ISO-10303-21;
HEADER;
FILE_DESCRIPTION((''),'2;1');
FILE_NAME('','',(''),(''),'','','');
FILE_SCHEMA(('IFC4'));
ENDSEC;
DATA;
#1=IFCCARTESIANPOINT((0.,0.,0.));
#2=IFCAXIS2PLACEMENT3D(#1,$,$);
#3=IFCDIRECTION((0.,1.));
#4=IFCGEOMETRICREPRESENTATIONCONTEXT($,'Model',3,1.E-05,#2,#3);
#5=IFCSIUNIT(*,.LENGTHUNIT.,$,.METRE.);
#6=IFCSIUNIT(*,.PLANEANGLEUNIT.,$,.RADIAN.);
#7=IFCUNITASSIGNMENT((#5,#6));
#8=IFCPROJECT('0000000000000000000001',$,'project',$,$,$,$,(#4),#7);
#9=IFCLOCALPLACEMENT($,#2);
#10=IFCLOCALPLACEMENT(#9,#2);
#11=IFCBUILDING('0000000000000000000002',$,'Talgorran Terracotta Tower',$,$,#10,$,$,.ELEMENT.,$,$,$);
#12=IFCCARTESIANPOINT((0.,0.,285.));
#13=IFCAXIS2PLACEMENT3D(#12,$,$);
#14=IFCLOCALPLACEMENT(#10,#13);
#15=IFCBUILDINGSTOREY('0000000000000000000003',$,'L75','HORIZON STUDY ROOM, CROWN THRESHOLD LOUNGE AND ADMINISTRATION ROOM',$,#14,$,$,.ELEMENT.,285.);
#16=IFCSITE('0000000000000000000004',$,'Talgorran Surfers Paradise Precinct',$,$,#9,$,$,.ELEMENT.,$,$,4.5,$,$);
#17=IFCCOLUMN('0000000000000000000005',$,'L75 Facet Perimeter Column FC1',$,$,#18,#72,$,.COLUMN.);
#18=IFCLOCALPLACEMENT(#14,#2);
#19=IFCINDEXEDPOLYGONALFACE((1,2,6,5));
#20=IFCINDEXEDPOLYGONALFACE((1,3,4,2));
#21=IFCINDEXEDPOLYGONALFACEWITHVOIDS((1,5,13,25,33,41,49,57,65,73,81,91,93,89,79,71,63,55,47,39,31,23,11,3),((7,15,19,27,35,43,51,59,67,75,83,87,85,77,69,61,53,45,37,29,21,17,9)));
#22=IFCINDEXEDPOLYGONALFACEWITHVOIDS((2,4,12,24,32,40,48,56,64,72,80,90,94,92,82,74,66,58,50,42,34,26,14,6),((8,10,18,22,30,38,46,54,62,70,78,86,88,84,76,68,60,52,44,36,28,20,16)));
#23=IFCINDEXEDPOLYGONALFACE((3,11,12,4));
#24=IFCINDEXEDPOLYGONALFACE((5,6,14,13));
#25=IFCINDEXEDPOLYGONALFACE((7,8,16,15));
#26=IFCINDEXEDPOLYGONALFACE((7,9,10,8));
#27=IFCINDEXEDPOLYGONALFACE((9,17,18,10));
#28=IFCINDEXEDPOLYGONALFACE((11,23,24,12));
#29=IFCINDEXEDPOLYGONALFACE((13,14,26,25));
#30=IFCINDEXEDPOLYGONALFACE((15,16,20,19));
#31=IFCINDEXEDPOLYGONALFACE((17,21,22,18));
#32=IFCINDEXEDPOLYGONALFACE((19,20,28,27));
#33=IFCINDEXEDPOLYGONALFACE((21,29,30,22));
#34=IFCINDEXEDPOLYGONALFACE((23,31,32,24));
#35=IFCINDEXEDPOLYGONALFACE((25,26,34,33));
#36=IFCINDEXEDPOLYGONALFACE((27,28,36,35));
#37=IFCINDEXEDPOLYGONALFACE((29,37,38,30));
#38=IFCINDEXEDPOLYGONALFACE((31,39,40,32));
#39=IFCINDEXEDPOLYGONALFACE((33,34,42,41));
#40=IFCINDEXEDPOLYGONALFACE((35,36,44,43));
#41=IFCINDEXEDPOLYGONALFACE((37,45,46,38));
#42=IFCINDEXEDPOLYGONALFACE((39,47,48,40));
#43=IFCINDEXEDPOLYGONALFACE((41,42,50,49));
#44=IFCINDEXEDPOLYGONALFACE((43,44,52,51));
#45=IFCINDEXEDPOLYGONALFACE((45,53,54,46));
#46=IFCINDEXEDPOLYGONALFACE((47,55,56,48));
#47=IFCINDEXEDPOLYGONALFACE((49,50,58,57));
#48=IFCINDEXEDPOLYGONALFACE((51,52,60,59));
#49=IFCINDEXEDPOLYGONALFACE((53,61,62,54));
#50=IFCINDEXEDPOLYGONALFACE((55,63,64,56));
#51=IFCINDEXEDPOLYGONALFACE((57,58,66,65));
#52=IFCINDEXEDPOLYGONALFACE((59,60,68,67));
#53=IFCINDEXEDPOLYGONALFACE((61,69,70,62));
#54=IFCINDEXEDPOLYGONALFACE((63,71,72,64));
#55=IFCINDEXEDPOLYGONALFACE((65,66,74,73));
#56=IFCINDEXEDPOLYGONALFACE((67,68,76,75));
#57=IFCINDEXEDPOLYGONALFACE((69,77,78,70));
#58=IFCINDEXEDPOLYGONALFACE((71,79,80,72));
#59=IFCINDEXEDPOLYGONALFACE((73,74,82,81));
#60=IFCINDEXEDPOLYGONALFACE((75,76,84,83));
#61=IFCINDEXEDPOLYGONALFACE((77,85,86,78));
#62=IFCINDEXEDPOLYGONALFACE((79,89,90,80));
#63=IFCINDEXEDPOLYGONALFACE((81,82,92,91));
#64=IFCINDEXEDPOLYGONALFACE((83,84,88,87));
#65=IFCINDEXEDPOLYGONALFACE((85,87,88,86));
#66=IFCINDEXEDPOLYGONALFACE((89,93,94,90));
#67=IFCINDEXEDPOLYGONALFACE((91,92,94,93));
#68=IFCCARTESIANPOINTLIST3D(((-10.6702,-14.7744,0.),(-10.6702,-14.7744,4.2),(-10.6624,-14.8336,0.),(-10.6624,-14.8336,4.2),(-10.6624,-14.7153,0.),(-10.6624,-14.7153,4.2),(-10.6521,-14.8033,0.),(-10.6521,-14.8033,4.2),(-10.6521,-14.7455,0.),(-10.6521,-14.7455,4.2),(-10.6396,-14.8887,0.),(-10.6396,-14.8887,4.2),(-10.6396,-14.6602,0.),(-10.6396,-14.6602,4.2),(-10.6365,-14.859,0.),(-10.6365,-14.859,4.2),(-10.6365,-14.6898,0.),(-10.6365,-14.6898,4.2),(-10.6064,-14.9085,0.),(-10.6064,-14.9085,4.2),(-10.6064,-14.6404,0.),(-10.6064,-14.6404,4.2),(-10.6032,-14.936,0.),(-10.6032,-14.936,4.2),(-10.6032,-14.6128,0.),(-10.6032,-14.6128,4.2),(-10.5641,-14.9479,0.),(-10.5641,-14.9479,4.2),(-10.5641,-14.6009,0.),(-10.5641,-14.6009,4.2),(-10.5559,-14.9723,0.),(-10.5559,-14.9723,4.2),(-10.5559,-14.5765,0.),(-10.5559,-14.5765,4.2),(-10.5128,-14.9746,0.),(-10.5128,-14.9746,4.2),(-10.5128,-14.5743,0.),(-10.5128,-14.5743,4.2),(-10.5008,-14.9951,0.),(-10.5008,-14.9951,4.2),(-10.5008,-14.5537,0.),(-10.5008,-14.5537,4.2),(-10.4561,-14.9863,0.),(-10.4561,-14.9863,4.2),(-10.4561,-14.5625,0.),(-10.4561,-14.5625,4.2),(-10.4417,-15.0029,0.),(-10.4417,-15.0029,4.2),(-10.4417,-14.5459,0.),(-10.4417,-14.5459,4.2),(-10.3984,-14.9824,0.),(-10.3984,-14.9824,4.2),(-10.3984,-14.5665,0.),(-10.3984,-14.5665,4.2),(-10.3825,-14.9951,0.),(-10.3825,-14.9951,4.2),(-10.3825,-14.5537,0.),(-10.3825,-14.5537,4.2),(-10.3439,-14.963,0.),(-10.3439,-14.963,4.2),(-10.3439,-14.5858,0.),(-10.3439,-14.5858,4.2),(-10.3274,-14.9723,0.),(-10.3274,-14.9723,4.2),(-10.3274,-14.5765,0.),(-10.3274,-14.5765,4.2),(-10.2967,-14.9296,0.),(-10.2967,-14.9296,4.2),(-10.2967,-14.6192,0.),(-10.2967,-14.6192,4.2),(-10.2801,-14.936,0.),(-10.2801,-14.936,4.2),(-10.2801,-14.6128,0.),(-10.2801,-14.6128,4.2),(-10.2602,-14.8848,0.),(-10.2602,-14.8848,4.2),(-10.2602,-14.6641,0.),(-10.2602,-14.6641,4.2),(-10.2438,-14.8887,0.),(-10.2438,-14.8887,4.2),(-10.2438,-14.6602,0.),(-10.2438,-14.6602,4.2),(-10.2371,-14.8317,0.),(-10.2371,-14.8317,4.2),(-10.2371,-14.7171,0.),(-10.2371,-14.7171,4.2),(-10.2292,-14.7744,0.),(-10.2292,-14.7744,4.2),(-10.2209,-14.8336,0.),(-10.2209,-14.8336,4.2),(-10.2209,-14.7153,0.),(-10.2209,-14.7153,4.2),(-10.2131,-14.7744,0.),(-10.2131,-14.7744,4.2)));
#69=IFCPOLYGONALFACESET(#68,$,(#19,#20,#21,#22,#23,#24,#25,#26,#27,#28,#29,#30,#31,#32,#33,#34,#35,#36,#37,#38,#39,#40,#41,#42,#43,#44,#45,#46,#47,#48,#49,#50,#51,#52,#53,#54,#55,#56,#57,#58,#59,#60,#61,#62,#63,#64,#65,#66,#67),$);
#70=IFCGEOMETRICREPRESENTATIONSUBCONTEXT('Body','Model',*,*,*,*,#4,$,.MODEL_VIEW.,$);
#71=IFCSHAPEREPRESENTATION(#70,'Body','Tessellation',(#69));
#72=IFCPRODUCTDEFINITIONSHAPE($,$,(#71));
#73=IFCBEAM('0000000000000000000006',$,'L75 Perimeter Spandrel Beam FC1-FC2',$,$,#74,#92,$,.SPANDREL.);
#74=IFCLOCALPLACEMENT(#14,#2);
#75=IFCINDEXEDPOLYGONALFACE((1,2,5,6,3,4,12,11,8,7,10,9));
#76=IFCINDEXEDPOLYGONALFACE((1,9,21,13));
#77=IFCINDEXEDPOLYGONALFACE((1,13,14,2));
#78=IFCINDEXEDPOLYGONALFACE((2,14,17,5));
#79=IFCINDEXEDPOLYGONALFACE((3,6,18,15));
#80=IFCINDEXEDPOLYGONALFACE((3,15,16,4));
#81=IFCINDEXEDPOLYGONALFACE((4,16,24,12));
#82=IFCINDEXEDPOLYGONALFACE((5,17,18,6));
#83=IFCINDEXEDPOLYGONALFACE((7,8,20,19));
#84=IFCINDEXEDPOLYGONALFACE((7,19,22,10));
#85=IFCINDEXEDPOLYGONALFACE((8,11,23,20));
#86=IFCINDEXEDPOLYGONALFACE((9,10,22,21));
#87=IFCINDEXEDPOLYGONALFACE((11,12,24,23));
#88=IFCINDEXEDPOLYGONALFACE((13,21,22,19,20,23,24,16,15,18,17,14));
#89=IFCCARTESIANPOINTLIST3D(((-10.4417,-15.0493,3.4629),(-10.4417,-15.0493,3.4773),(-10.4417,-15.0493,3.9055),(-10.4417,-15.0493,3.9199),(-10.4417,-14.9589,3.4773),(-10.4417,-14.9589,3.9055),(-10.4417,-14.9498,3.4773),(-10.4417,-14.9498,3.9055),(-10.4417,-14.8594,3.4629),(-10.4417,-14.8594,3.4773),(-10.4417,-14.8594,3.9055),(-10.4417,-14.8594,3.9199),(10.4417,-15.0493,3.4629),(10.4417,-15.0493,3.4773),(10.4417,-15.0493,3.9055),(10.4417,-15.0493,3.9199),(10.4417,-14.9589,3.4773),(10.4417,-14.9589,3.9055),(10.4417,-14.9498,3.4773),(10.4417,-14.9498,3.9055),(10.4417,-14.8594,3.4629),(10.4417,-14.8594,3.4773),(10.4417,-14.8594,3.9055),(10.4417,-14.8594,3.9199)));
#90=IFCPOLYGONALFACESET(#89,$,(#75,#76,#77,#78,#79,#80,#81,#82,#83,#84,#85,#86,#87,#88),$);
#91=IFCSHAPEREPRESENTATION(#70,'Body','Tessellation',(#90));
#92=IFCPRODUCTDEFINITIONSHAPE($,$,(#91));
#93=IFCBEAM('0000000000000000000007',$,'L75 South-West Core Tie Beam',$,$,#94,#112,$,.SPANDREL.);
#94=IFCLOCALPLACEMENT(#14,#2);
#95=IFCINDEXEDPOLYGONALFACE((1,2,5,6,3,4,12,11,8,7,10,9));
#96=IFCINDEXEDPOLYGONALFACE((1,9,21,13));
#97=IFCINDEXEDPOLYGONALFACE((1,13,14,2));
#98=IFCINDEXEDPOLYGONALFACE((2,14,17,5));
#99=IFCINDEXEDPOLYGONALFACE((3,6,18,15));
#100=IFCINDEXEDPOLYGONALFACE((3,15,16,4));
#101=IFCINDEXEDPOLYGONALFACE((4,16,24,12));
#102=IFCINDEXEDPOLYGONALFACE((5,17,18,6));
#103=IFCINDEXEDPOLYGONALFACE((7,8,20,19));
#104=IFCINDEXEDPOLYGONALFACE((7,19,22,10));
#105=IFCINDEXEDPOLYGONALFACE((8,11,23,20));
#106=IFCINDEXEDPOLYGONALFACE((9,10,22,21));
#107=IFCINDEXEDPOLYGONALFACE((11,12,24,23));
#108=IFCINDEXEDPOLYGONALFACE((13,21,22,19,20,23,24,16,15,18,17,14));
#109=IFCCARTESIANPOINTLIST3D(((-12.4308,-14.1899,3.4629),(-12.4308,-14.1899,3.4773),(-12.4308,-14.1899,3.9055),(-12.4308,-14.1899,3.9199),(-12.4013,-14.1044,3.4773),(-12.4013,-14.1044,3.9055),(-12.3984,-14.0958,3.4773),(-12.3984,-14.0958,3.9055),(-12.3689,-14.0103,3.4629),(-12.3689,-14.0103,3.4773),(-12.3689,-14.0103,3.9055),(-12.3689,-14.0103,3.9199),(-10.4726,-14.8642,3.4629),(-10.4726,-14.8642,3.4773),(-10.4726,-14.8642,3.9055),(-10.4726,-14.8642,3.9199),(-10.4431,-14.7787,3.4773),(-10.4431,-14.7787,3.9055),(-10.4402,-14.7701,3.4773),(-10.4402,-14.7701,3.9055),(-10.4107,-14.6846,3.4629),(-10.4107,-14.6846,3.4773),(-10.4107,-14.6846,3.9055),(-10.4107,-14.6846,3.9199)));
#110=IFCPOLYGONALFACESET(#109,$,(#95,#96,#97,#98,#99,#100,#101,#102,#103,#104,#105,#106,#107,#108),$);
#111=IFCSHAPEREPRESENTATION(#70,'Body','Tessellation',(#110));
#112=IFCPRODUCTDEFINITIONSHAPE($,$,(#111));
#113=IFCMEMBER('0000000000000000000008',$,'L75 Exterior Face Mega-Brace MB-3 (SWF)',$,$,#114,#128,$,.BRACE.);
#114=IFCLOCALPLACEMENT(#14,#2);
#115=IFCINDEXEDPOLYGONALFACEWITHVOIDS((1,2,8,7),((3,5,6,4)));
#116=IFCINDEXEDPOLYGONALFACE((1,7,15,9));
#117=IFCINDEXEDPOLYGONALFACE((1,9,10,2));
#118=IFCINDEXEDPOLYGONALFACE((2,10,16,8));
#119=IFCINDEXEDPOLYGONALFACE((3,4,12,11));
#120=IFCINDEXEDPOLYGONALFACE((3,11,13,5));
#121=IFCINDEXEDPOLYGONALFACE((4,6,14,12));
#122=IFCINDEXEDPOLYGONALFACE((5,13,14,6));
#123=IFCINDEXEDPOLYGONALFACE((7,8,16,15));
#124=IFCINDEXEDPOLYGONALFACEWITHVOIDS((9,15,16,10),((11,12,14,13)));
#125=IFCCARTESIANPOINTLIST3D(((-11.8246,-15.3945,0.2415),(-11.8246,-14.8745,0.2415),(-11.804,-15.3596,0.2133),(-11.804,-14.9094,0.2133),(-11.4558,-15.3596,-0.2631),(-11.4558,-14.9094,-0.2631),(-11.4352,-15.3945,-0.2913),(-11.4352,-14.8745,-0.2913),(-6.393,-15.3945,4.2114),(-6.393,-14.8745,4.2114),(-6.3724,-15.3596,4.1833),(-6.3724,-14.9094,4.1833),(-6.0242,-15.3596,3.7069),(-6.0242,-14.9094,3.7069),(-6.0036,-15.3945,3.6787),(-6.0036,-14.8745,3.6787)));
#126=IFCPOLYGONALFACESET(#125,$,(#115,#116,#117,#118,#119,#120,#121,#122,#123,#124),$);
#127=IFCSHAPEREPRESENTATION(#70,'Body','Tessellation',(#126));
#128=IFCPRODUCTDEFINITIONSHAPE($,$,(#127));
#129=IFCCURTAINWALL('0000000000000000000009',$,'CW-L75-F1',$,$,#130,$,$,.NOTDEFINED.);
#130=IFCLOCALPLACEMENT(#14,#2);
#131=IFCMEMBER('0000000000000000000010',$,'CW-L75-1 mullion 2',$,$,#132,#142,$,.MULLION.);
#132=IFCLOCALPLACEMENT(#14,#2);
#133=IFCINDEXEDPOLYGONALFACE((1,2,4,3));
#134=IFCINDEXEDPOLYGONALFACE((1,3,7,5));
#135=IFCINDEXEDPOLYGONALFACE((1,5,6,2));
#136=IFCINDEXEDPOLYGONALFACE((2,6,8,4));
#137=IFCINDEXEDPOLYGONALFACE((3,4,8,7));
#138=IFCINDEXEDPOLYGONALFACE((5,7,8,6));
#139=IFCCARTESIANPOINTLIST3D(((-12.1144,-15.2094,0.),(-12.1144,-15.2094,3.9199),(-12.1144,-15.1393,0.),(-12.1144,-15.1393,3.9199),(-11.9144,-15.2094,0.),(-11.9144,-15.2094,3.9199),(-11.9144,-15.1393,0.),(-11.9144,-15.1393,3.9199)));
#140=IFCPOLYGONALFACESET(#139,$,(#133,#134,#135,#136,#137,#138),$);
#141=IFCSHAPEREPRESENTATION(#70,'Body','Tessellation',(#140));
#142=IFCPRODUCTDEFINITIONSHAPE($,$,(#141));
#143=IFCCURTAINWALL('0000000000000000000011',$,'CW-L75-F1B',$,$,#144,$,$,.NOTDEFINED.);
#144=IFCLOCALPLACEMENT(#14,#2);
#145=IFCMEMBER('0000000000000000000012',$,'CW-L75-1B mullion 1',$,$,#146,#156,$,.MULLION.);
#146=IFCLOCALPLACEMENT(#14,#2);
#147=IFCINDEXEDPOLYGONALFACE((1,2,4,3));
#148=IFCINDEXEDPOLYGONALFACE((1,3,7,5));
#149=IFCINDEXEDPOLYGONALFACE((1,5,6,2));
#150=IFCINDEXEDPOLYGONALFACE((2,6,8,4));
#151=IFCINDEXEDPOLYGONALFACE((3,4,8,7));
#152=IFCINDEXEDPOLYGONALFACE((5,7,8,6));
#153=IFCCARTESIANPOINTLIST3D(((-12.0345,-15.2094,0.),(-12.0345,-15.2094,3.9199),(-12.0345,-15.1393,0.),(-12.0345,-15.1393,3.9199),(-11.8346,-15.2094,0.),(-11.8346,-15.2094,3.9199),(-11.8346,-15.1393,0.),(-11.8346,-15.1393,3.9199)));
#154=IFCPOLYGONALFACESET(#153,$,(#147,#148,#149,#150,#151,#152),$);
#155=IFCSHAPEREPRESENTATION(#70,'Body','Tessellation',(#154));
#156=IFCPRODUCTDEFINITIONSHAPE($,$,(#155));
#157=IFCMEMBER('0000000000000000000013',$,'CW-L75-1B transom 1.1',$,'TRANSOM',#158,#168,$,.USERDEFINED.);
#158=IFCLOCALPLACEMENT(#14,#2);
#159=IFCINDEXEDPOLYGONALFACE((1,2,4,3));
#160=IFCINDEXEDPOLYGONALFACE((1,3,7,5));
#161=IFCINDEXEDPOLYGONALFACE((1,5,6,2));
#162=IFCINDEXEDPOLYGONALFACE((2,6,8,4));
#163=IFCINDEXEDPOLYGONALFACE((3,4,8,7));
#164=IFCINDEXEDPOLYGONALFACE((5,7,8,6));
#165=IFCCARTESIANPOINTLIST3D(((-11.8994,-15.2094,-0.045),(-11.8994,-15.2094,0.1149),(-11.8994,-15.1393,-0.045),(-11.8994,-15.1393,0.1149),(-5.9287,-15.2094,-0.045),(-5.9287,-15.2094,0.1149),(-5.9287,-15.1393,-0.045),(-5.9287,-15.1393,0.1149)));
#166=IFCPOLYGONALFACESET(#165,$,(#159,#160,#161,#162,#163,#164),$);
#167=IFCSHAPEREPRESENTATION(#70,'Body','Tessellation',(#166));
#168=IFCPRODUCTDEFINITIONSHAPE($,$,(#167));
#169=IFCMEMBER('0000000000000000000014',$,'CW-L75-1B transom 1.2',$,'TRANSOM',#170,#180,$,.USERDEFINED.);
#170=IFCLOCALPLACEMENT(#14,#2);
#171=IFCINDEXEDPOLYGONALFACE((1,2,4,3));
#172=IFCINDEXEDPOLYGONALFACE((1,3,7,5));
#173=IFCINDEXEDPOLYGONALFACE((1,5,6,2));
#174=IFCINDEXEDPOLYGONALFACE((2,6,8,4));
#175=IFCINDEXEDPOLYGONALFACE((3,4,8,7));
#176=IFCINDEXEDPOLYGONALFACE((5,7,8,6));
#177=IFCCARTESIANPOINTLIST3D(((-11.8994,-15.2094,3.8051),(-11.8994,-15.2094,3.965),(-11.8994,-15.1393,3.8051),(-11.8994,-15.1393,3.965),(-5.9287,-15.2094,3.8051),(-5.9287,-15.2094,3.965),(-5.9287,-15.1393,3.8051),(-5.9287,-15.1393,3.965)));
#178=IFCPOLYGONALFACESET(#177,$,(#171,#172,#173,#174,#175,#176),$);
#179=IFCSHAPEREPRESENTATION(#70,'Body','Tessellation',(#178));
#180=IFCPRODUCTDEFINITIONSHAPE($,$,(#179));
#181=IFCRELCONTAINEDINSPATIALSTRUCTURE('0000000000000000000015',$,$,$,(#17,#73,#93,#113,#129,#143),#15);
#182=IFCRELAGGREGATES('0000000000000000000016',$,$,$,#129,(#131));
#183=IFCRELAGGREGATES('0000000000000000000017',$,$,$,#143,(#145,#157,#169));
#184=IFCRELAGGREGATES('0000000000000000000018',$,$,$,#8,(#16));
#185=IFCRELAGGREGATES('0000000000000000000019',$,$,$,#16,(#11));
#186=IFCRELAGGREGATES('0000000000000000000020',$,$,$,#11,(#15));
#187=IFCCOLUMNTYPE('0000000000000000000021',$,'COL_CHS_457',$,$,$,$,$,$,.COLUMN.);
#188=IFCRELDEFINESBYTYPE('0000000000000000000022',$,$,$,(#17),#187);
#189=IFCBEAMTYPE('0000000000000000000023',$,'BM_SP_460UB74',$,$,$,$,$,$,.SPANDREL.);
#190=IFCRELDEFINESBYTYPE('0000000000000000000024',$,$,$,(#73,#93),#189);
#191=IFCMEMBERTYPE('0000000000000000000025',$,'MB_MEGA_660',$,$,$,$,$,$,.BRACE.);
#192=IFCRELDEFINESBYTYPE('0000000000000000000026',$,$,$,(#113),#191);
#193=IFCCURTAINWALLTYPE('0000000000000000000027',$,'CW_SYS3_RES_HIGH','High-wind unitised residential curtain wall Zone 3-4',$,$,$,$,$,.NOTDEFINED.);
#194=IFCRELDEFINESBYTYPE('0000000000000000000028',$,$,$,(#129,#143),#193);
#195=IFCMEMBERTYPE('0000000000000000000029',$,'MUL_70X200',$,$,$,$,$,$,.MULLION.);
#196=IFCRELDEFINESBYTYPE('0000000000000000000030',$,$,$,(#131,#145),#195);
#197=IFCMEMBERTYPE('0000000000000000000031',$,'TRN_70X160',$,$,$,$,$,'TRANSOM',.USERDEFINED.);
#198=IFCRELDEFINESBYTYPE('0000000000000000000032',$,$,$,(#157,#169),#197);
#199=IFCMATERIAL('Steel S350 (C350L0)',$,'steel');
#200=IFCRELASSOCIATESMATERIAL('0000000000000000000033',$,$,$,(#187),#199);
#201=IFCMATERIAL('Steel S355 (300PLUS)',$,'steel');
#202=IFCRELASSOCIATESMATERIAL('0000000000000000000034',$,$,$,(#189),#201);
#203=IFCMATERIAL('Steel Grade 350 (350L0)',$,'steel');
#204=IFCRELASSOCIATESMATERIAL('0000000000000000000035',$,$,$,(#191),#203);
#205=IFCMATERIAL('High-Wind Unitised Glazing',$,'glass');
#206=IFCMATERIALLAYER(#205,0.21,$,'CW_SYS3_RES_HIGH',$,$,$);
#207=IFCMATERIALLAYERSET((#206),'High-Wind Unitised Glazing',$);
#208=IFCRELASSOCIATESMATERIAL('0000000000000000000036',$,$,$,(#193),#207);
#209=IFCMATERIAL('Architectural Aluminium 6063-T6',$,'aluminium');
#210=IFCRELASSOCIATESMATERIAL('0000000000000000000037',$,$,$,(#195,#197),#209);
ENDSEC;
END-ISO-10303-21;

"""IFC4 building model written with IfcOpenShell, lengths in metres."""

from ifc_helpers import new_model, si_unit, direction, frame, origin, origin_2d, place, context, subcontext, project, spatial, rectangle, hollow_rectangle, hollow_circle, i_section, extrude, material, layer, layer_set, material_profile, profile_set, type_object, element, aggregate, save


model = new_model("IFC4")

# Units and contexts
model_context = context("Model", 3, precision=1e-05, world=origin(), true_north=direction((0.0, 1.0)))
body_context = subcontext(model_context, "Body", "Model", "MODEL_VIEW")
ifc_project = project(units=[si_unit("LENGTHUNIT", "METRE"), si_unit("PLANEANGLEUNIT", "RADIAN")], contexts=[model_context])

# Site, building, storey
site_placement = place(None, origin())
site = spatial("IfcSite", under=ifc_project, at=site_placement, Name="Talgorran Surfers Paradise Precinct", CompositionType="ELEMENT", RefElevation=4.5)
building_placement = place(site_placement, origin())
building = spatial("IfcBuilding", under=site, at=building_placement, Name="Talgorran Terracotta Tower", CompositionType="ELEMENT")
storey_placement = place(building_placement, frame((0.0, 0.0, 285.0)))
storey = spatial("IfcBuildingStorey", under=building, at=storey_placement, Name="L75", Description="HORIZON STUDY ROOM, CROWN THRESHOLD LOUNGE AND ADMINISTRATION ROOM", CompositionType="ELEMENT", Elevation=285.0)

# Column
ifc_material_1 = material(Name="Steel S350 (C350L0)", Category="steel")
ifc_material_profile_1 = material_profile(ifc_material_1, hollow_circle(Radius=0.2285, WallThickness=0.0161, at=origin_2d()), Name="CHS457X16")
ifc_profile_set_1 = profile_set([ifc_material_profile_1], Name="Steel S350 (C350L0)")
column_type = type_object("IfcColumnType", Name="COL_CHS_457", PredefinedType="COLUMN", material=ifc_profile_set_1)
column_placement = place(storey_placement, frame((-10.4417, -14.7744, 0.0), z_axis=(0.0, 0.0, 1.0), x_axis=(1.0, 0.0, 0.0)))
element("IfcColumn", 1, at=column_placement, inside=storey, type_object=column_type, Name="L75 Facet Perimeter Column FC1", PredefinedType="COLUMN", context=body_context, shape_type="SweptSolid", body=[
    extrude(hollow_circle(Radius=0.2285, WallThickness=0.0161, at=origin_2d()), origin(), (0.0, 0.0, 1.0), 4.2),
])

# Beams
ifc_material_2 = material(Name="Steel S355 (300PLUS)", Category="steel")
ifc_material_profile_2 = material_profile(ifc_material_2, i_section(OverallWidth=0.1899, OverallDepth=0.457, WebThickness=0.009, FlangeThickness=0.0144, at=origin_2d()), Name="460UB74.6")
ifc_profile_set_2 = profile_set([ifc_material_profile_2], Name="Steel S355 (300PLUS)")
beam_type = type_object("IfcBeamType", Name="BM_SP_460UB74", PredefinedType="SPANDREL", material=ifc_profile_set_2)
beam_1_placement = place(storey_placement, frame((-10.4417, -14.9543, 3.6914), z_axis=(1.0, 0.0, 0.0), x_axis=(0.0, 1.0, 0.0)))
element("IfcBeam", 2, at=beam_1_placement, inside=storey, type_object=beam_type, Name="L75 Perimeter Spandrel Beam FC1-FC2", PredefinedType="SPANDREL", context=body_context, shape_type="SweptSolid", body=[
    extrude(i_section(OverallWidth=0.1899, OverallDepth=0.457, WebThickness=0.009, FlangeThickness=0.0144, at=origin_2d()), origin(), (0.0, 0.0, 1.0), 20.8833),
])
beam_2_placement = place(storey_placement, frame((-10.4417, -14.7744, 3.6914), z_axis=(-0.945513, 0.325584, 0.0), x_axis=(-0.325584, -0.945513, 0.0)))
element("IfcBeam", 3, at=beam_2_placement, inside=storey, type_object=beam_type, Name="L75 South-West Core Tie Beam", PredefinedType="SPANDREL", context=body_context, shape_type="SweptSolid", body=[
    extrude(i_section(OverallWidth=0.1899, OverallDepth=0.457, WebThickness=0.009, FlangeThickness=0.0144, at=origin_2d()), origin(), (0.0, 0.0, 1.0), 2.071),
])

# Member
ifc_material_3 = material(Name="Steel Grade 350 (350L0)", Category="steel")
ifc_material_profile_3 = material_profile(ifc_material_3, hollow_rectangle(XDim=0.52, YDim=0.6599, WallThickness=0.0349, at=origin_2d()), Name="WBOX660X520X35")
ifc_profile_set_3 = profile_set([ifc_material_profile_3], Name="Steel Grade 350 (350L0)")
member_type_1 = type_object("IfcMemberType", Name="MB_MEGA_660", PredefinedType="BRACE", material=ifc_profile_set_3)
member_1_placement = place(storey_placement, frame((-11.6299, -15.1345, -0.0249), z_axis=(0.807342, 0.0, 0.590084), x_axis=(0.0, 1.0, 0.0)))
element("IfcMember", 4, at=member_1_placement, inside=storey, type_object=member_type_1, Name="L75 Exterior Face Mega-Brace MB-3 (SWF)", PredefinedType="BRACE", context=body_context, shape_type="SweptSolid", body=[
    extrude(hollow_rectangle(XDim=0.52, YDim=0.6599, WallThickness=0.0349, at=origin_2d()), origin(), (0.0, 0.0, 1.0), 6.7278),
])

# Curtain wall, member
ifc_material_4 = material(Name="High-Wind Unitised Glazing", Category="glass")
ifc_layer_1 = layer(ifc_material_4, 0.21, Name="CW_SYS3_RES_HIGH")
ifc_layer_set_1 = layer_set([ifc_layer_1], Name="High-Wind Unitised Glazing")
curtain_wall_type = type_object("IfcCurtainWallType", Name="CW_SYS3_RES_HIGH", Description="High-wind unitised residential curtain wall Zone 3-4", PredefinedType="NOTDEFINED", material=ifc_layer_set_1)
curtain_wall_1_placement = place(storey_placement, origin())
curtain_wall_1 = element("IfcCurtainWall", 5, at=curtain_wall_1_placement, inside=storey, type_object=curtain_wall_type, Name="CW-L75-F1", PredefinedType="NOTDEFINED")
ifc_material_5 = material(Name="Architectural Aluminium 6063-T6", Category="aluminium")
ifc_material_profile_4 = material_profile(ifc_material_5, rectangle(XDim=0.0701, YDim=0.2, at=origin_2d()), Name="CWM70X200")
ifc_profile_set_4 = profile_set([ifc_material_profile_4], Name="Architectural Aluminium 6063-T6")
member_type_2 = type_object("IfcMemberType", Name="MUL_70X200", PredefinedType="MULLION", material=ifc_profile_set_4)
member_2_placement = place(storey_placement, frame((-12.0144, -15.1743, 0.0), z_axis=(0.0, 0.0, 1.0), x_axis=(0.0, 1.0, 0.0)))
member_2 = element("IfcMember", 6, at=member_2_placement, type_object=member_type_2, Name="CW-L75-1 mullion 2", PredefinedType="MULLION", context=body_context, shape_type="SweptSolid", body=[
    extrude(rectangle(XDim=0.0701, YDim=0.2, at=origin_2d()), origin(), (0.0, 0.0, 1.0), 3.9199),
])
aggregate(curtain_wall_1, [member_2])

# Curtain wall, members
curtain_wall_2_placement = place(storey_placement, origin())
curtain_wall_2 = element("IfcCurtainWall", 7, at=curtain_wall_2_placement, inside=storey, type_object=curtain_wall_type, Name="CW-L75-F1B", PredefinedType="NOTDEFINED")
member_3_placement = place(storey_placement, frame((-11.9346, -15.1743, 0.0), z_axis=(0.0, 0.0, 1.0), x_axis=(0.0, 1.0, 0.0)))
member_3 = element("IfcMember", 8, at=member_3_placement, type_object=member_type_2, Name="CW-L75-1B mullion 1", PredefinedType="MULLION", context=body_context, shape_type="SweptSolid", body=[
    extrude(rectangle(XDim=0.0701, YDim=0.2, at=origin_2d()), origin(), (0.0, 0.0, 1.0), 3.9199),
])
ifc_material_profile_5 = material_profile(ifc_material_5, rectangle(XDim=0.0701, YDim=0.1599, at=origin_2d()), Name="CWT70X160")
ifc_profile_set_5 = profile_set([ifc_material_profile_5], Name="Architectural Aluminium 6063-T6")
member_type_3 = type_object("IfcMemberType", Name="TRN_70X160", ElementType="TRANSOM", PredefinedType="USERDEFINED", material=ifc_profile_set_5)
member_4_placement = place(storey_placement, frame((-11.8994, -15.1743, 0.0349), z_axis=(1.0, 0.0, 0.0), x_axis=(0.0, 1.0, 0.0)))
member_4 = element("IfcMember", 9, at=member_4_placement, type_object=member_type_3, Name="CW-L75-1B transom 1.1", ObjectType="TRANSOM", PredefinedType="USERDEFINED", context=body_context, shape_type="SweptSolid", body=[
    extrude(rectangle(XDim=0.0701, YDim=0.1599, at=origin_2d()), origin(), (0.0, 0.0, 1.0), 5.9707),
])
member_5_placement = place(storey_placement, frame((-11.8994, -15.1743, 3.885), z_axis=(1.0, 0.0, 0.0), x_axis=(0.0, 1.0, 0.0)))
member_5 = element("IfcMember", 10, at=member_5_placement, type_object=member_type_3, Name="CW-L75-1B transom 1.2", ObjectType="TRANSOM", PredefinedType="USERDEFINED", context=body_context, shape_type="SweptSolid", body=[
    extrude(rectangle(XDim=0.0701, YDim=0.1599, at=origin_2d()), origin(), (0.0, 0.0, 1.0), 5.9707),
])

aggregate(curtain_wall_2, [member_3, member_4, member_5])

save(model, "model.ifc")
